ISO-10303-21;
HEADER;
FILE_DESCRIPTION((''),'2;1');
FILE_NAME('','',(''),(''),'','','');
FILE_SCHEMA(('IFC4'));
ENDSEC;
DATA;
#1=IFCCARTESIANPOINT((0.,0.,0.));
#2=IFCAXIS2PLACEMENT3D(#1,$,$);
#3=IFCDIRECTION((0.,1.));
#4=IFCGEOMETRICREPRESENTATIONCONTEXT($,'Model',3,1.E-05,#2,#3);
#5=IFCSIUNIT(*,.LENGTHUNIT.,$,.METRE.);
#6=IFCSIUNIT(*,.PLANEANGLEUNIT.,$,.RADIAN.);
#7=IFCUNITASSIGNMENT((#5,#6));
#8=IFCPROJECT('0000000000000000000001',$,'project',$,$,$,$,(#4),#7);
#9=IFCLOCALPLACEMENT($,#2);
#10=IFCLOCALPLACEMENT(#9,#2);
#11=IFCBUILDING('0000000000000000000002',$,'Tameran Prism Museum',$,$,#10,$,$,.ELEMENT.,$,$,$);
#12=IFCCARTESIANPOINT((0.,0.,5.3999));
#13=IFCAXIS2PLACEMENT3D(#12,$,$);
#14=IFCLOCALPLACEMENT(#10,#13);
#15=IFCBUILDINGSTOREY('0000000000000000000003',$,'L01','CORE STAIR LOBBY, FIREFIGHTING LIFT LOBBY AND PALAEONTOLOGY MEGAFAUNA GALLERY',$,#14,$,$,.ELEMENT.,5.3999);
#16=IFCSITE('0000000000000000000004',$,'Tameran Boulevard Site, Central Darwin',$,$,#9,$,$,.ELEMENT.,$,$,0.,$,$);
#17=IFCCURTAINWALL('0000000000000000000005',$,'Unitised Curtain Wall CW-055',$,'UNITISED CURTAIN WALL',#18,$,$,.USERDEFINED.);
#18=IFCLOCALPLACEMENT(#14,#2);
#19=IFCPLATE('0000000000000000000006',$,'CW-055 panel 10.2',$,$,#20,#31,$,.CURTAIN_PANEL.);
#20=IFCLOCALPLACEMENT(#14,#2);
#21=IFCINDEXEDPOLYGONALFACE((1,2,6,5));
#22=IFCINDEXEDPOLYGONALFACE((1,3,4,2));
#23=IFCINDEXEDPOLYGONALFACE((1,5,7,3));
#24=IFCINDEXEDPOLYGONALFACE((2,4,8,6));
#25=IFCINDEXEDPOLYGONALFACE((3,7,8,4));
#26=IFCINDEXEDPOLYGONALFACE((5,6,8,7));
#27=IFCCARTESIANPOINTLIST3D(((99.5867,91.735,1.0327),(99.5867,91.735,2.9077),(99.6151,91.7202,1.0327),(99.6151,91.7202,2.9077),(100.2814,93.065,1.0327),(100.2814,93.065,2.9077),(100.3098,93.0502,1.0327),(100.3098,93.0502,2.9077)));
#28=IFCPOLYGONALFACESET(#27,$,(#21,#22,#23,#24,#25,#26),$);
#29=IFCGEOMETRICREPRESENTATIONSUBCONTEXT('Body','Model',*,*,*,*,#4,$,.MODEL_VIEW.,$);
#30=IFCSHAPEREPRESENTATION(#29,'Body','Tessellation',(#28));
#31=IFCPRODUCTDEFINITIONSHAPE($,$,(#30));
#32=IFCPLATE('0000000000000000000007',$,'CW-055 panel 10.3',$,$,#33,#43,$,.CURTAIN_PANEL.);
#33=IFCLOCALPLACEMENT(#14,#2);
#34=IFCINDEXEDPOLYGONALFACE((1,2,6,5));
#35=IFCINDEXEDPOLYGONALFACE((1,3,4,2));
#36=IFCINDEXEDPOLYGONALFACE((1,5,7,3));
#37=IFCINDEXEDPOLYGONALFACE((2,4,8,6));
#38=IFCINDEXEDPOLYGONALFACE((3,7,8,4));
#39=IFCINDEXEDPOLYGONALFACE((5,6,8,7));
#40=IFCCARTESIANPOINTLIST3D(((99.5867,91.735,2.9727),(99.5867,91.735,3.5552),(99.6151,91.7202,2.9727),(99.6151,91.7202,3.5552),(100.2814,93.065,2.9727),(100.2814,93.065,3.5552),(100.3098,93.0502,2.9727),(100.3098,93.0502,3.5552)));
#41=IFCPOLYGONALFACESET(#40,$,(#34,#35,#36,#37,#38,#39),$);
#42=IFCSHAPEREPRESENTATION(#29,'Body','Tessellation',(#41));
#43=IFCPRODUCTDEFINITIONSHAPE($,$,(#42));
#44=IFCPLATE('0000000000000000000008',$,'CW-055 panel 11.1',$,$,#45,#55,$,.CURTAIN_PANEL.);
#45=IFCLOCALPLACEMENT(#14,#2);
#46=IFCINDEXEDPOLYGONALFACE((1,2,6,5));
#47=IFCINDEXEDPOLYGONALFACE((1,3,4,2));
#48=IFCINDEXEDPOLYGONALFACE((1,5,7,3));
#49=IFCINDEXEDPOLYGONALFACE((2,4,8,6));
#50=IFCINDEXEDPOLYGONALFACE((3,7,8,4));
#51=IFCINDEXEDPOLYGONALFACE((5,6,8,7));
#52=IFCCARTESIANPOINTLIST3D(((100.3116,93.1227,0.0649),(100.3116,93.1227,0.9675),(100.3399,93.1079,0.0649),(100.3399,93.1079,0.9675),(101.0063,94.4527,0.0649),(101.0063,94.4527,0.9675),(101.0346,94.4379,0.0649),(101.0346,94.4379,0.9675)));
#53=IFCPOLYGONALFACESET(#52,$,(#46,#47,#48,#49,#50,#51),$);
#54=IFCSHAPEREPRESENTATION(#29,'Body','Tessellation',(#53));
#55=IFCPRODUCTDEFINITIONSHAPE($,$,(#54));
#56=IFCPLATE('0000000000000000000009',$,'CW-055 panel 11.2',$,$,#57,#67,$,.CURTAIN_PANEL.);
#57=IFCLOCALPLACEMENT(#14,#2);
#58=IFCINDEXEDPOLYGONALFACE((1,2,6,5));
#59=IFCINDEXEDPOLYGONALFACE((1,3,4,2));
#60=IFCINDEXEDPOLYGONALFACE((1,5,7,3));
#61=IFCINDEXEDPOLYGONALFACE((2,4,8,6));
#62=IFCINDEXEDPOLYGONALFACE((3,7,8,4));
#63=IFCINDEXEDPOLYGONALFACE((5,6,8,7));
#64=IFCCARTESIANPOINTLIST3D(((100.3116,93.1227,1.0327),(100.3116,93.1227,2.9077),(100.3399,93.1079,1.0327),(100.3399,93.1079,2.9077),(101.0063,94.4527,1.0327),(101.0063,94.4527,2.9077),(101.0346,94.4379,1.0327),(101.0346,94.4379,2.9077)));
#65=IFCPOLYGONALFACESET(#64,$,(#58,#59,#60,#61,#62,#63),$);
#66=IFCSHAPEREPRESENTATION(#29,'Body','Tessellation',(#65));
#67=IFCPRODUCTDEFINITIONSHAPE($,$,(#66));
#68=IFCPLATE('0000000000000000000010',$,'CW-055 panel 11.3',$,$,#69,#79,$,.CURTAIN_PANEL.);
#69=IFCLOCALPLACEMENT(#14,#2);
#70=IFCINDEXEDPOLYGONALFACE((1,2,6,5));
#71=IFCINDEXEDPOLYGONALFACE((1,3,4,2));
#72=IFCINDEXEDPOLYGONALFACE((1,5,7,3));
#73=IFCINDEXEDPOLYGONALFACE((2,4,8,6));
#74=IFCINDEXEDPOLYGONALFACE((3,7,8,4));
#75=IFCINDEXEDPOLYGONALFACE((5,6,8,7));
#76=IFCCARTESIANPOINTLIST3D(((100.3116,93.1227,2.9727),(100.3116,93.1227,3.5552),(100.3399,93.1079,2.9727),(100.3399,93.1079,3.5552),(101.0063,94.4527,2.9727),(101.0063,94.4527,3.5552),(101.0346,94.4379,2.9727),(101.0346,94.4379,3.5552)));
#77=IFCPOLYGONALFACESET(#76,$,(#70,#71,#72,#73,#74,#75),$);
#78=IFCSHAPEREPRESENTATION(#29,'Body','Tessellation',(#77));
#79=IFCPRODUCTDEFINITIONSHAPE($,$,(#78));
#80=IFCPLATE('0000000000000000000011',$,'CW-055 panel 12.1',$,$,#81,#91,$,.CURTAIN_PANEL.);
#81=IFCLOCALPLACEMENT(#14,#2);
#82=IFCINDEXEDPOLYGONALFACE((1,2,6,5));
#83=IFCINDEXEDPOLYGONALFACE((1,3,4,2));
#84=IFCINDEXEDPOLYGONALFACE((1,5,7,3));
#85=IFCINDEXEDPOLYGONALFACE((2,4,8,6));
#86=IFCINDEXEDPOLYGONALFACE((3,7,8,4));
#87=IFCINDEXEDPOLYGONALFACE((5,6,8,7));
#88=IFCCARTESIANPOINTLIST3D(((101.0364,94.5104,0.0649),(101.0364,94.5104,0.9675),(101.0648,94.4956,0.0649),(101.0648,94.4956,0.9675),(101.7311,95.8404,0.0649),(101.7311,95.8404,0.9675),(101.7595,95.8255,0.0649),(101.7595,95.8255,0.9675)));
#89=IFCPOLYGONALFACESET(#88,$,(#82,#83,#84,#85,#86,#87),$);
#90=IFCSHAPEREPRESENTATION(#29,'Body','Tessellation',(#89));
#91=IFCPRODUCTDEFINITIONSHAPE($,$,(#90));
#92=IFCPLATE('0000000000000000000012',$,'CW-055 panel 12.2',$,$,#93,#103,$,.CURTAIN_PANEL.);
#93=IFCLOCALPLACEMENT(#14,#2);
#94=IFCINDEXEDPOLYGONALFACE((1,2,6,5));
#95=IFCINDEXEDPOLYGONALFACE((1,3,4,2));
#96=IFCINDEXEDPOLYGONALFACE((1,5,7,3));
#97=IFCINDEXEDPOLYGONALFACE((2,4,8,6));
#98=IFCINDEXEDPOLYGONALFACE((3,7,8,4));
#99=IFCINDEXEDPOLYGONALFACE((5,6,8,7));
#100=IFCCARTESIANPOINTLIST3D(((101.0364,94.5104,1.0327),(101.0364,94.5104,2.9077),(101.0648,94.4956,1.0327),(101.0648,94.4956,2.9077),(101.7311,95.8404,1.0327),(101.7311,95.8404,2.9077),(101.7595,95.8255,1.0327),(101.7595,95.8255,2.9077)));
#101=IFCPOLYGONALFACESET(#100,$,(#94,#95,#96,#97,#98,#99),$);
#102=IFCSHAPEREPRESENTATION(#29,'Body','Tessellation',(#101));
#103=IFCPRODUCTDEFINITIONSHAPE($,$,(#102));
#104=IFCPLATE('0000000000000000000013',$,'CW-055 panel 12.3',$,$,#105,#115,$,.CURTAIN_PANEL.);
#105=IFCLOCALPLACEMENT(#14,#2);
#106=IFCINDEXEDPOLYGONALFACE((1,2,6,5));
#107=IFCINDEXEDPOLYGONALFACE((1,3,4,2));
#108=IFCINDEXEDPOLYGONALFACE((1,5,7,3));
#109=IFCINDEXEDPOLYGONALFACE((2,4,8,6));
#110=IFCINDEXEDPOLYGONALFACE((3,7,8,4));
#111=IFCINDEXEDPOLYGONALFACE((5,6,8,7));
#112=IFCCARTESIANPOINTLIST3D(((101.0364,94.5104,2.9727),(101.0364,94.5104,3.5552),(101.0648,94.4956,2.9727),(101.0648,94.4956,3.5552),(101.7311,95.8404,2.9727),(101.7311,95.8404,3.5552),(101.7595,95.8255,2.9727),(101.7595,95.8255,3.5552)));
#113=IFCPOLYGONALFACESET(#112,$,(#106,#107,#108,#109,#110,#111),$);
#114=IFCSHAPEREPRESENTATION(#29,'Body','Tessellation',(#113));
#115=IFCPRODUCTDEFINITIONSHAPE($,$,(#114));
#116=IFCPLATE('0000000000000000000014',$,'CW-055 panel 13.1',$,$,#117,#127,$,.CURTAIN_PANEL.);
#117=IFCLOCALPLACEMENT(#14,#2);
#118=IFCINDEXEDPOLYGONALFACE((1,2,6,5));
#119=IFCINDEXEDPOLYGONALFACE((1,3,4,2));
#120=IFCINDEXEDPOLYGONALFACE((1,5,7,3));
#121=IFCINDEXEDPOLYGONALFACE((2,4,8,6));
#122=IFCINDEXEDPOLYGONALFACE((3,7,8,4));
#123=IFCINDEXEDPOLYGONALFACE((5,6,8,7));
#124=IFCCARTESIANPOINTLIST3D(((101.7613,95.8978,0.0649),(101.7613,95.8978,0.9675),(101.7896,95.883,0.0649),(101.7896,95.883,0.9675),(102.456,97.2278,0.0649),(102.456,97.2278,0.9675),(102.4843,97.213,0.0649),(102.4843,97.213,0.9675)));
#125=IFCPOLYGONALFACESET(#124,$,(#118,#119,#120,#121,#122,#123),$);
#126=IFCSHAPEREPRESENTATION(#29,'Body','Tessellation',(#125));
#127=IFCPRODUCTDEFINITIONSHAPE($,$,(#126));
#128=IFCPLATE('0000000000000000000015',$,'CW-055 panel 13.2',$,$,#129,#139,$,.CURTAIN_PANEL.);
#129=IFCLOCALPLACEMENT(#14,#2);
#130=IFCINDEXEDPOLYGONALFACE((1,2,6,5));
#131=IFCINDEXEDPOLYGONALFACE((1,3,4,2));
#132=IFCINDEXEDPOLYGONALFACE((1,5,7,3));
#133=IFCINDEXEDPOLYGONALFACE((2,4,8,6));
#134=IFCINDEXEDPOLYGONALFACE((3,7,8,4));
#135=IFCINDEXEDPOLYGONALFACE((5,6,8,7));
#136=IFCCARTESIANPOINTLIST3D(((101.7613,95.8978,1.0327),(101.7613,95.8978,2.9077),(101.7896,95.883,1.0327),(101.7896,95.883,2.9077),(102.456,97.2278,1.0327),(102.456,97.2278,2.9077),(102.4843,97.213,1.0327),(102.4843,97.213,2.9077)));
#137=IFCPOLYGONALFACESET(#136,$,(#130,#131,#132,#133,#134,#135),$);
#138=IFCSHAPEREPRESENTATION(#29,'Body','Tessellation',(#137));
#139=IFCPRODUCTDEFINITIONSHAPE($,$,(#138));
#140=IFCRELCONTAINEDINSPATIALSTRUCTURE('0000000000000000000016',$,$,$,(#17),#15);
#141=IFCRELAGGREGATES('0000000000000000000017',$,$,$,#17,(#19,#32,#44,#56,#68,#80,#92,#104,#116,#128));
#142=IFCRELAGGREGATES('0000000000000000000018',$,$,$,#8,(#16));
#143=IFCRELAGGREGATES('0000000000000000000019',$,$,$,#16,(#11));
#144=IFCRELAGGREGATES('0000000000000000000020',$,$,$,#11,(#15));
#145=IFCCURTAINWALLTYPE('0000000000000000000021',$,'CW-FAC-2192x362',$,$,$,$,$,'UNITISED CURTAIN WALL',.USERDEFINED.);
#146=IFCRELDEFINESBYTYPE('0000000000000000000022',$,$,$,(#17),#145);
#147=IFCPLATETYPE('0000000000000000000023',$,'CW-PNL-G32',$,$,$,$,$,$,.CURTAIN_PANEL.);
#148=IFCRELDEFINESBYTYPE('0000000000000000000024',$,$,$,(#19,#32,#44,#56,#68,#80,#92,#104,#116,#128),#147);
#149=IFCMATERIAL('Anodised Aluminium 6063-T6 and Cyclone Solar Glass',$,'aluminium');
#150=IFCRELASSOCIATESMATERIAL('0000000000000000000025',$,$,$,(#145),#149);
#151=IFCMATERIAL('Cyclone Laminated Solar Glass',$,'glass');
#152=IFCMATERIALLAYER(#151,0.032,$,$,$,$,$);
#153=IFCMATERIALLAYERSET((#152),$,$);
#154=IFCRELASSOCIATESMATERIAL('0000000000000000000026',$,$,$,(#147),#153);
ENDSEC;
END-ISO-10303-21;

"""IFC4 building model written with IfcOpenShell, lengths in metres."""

from ifc_helpers import new_model, si_unit, direction, frame, origin, origin_2d, place, context, subcontext, project, spatial, rectangle, extrude, material, layer, layer_set, type_object, element, aggregate, save


model = new_model("IFC4")

# Units and contexts
model_context = context("Model", 3, precision=1e-05, world=origin(), true_north=direction((0.0, 1.0)))
body_context = subcontext(model_context, "Body", "Model", "MODEL_VIEW")
ifc_project = project(units=[si_unit("LENGTHUNIT", "METRE"), si_unit("PLANEANGLEUNIT", "RADIAN")], contexts=[model_context])

# Site, building, storey
site_placement = place(None, origin())
site = spatial("IfcSite", under=ifc_project, at=site_placement, Name="Tameran Boulevard Site, Central Darwin", CompositionType="ELEMENT", RefElevation=0.0)
building_placement = place(site_placement, origin())
building = spatial("IfcBuilding", under=site, at=building_placement, Name="Tameran Prism Museum", CompositionType="ELEMENT")
storey_placement = place(building_placement, frame((0.0, 0.0, 5.3999)))
storey = spatial("IfcBuildingStorey", under=building, at=storey_placement, Name="L01", Description="CORE STAIR LOBBY, FIREFIGHTING LIFT LOBBY AND PALAEONTOLOGY MEGAFAUNA GALLERY", CompositionType="ELEMENT", Elevation=5.3999)

# Curtain wall, plates
ifc_material_1 = material(Name="Anodised Aluminium 6063-T6 and Cyclone Solar Glass", Category="aluminium")
curtain_wall_type = type_object("IfcCurtainWallType", Name="CW-FAC-2192x362", ElementType="UNITISED CURTAIN WALL", PredefinedType="USERDEFINED", material=ifc_material_1)
curtain_wall_placement = place(storey_placement, origin())
curtain_wall = element("IfcCurtainWall", 1, at=curtain_wall_placement, inside=storey, type_object=curtain_wall_type, Name="Unitised Curtain Wall CW-055", ObjectType="UNITISED CURTAIN WALL", PredefinedType="USERDEFINED")
ifc_material_2 = material(Name="Cyclone Laminated Solar Glass", Category="glass")
ifc_layer = layer(ifc_material_2, 0.032)
ifc_layer_set = layer_set([ifc_layer])
plate_type = type_object("IfcPlateType", Name="CW-PNL-G32", PredefinedType="CURTAIN_PANEL", material=ifc_layer_set)
plate_1_placement = place(storey_placement, frame((99.9482, 92.3926, 1.0327), z_axis=(0.0, 0.0, 1.0), x_axis=(0.463003, 0.886357, 0.0)))
plate_1 = element("IfcPlate", 2, at=plate_1_placement, type_object=plate_type, Name="CW-055 panel 10.2", PredefinedType="CURTAIN_PANEL", context=body_context, shape_type="SweptSolid", body=[
    extrude(rectangle(XDim=1.5005, YDim=0.032, at=origin_2d()), origin(), (0.0, 0.0, 1.0), 1.875),
])
plate_2_placement = place(storey_placement, frame((99.9482, 92.3926, 2.9727), z_axis=(0.0, 0.0, 1.0), x_axis=(0.463003, 0.886357, 0.0)))
plate_2 = element("IfcPlate", 3, at=plate_2_placement, type_object=plate_type, Name="CW-055 panel 10.3", PredefinedType="CURTAIN_PANEL", context=body_context, shape_type="SweptSolid", body=[
    extrude(rectangle(XDim=1.5005, YDim=0.032, at=origin_2d()), origin(), (0.0, 0.0, 1.0), 0.5825),
])
plate_3_placement = place(storey_placement, frame((100.6731, 93.7803, 0.0649), z_axis=(0.0, 0.0, 1.0), x_axis=(0.463003, 0.886357, 0.0)))
plate_3 = element("IfcPlate", 4, at=plate_3_placement, type_object=plate_type, Name="CW-055 panel 11.1", PredefinedType="CURTAIN_PANEL", context=body_context, shape_type="SweptSolid", body=[
    extrude(rectangle(XDim=1.5005, YDim=0.032, at=origin_2d()), origin(), (0.0, 0.0, 1.0), 0.9026),
])
plate_4_placement = place(storey_placement, frame((100.6731, 93.7803, 1.0327), z_axis=(0.0, 0.0, 1.0), x_axis=(0.463003, 0.886357, 0.0)))
plate_4 = element("IfcPlate", 5, at=plate_4_placement, type_object=plate_type, Name="CW-055 panel 11.2", PredefinedType="CURTAIN_PANEL", context=body_context, shape_type="SweptSolid", body=[
    extrude(rectangle(XDim=1.5005, YDim=0.032, at=origin_2d()), origin(), (0.0, 0.0, 1.0), 1.875),
])
plate_5_placement = place(storey_placement, frame((100.6731, 93.7803, 2.9727), z_axis=(0.0, 0.0, 1.0), x_axis=(0.463003, 0.886357, 0.0)))
plate_5 = element("IfcPlate", 6, at=plate_5_placement, type_object=plate_type, Name="CW-055 panel 11.3", PredefinedType="CURTAIN_PANEL", context=body_context, shape_type="SweptSolid", body=[
    extrude(rectangle(XDim=1.5005, YDim=0.032, at=origin_2d()), origin(), (0.0, 0.0, 1.0), 0.5825),
])
plate_6_placement = place(storey_placement, frame((101.3979, 95.168, 0.0649), z_axis=(0.0, 0.0, 1.0), x_axis=(0.463003, 0.886357, 0.0)))
plate_6 = element("IfcPlate", 7, at=plate_6_placement, type_object=plate_type, Name="CW-055 panel 12.1", PredefinedType="CURTAIN_PANEL", context=body_context, shape_type="SweptSolid", body=[
    extrude(rectangle(XDim=1.5005, YDim=0.032, at=origin_2d()), origin(), (0.0, 0.0, 1.0), 0.9026),
])
plate_7_placement = place(storey_placement, frame((101.3979, 95.168, 1.0327), z_axis=(0.0, 0.0, 1.0), x_axis=(0.463003, 0.886357, 0.0)))
plate_7 = element("IfcPlate", 8, at=plate_7_placement, type_object=plate_type, Name="CW-055 panel 12.2", PredefinedType="CURTAIN_PANEL", context=body_context, shape_type="SweptSolid", body=[
    extrude(rectangle(XDim=1.5005, YDim=0.032, at=origin_2d()), origin(), (0.0, 0.0, 1.0), 1.875),
])
plate_8_placement = place(storey_placement, frame((101.3979, 95.168, 2.9727), z_axis=(0.0, 0.0, 1.0), x_axis=(0.463003, 0.886357, 0.0)))
plate_8 = element("IfcPlate", 9, at=plate_8_placement, type_object=plate_type, Name="CW-055 panel 12.3", PredefinedType="CURTAIN_PANEL", context=body_context, shape_type="SweptSolid", body=[
    extrude(rectangle(XDim=1.5005, YDim=0.032, at=origin_2d()), origin(), (0.0, 0.0, 1.0), 0.5825),
])
plate_9_placement = place(storey_placement, frame((102.1228, 96.5554, 0.0649), z_axis=(0.0, 0.0, 1.0), x_axis=(0.463003, 0.886357, 0.0)))
plate_9 = element("IfcPlate", 10, at=plate_9_placement, type_object=plate_type, Name="CW-055 panel 13.1", PredefinedType="CURTAIN_PANEL", context=body_context, shape_type="SweptSolid", body=[
    extrude(rectangle(XDim=1.5005, YDim=0.032, at=origin_2d()), origin(), (0.0, 0.0, 1.0), 0.9026),
])
plate_10_placement = place(storey_placement, frame((102.1228, 96.5554, 1.0327), z_axis=(0.0, 0.0, 1.0), x_axis=(0.463003, 0.886357, 0.0)))
plate_10 = element("IfcPlate", 11, at=plate_10_placement, type_object=plate_type, Name="CW-055 panel 13.2", PredefinedType="CURTAIN_PANEL", context=body_context, shape_type="SweptSolid", body=[
    extrude(rectangle(XDim=1.5005, YDim=0.032, at=origin_2d()), origin(), (0.0, 0.0, 1.0), 1.875),
])
aggregate(curtain_wall, [plate_1, plate_2, plate_3, plate_4, plate_5, plate_6, plate_7, plate_8, plate_9, plate_10])

save(model, "model.ifc")
